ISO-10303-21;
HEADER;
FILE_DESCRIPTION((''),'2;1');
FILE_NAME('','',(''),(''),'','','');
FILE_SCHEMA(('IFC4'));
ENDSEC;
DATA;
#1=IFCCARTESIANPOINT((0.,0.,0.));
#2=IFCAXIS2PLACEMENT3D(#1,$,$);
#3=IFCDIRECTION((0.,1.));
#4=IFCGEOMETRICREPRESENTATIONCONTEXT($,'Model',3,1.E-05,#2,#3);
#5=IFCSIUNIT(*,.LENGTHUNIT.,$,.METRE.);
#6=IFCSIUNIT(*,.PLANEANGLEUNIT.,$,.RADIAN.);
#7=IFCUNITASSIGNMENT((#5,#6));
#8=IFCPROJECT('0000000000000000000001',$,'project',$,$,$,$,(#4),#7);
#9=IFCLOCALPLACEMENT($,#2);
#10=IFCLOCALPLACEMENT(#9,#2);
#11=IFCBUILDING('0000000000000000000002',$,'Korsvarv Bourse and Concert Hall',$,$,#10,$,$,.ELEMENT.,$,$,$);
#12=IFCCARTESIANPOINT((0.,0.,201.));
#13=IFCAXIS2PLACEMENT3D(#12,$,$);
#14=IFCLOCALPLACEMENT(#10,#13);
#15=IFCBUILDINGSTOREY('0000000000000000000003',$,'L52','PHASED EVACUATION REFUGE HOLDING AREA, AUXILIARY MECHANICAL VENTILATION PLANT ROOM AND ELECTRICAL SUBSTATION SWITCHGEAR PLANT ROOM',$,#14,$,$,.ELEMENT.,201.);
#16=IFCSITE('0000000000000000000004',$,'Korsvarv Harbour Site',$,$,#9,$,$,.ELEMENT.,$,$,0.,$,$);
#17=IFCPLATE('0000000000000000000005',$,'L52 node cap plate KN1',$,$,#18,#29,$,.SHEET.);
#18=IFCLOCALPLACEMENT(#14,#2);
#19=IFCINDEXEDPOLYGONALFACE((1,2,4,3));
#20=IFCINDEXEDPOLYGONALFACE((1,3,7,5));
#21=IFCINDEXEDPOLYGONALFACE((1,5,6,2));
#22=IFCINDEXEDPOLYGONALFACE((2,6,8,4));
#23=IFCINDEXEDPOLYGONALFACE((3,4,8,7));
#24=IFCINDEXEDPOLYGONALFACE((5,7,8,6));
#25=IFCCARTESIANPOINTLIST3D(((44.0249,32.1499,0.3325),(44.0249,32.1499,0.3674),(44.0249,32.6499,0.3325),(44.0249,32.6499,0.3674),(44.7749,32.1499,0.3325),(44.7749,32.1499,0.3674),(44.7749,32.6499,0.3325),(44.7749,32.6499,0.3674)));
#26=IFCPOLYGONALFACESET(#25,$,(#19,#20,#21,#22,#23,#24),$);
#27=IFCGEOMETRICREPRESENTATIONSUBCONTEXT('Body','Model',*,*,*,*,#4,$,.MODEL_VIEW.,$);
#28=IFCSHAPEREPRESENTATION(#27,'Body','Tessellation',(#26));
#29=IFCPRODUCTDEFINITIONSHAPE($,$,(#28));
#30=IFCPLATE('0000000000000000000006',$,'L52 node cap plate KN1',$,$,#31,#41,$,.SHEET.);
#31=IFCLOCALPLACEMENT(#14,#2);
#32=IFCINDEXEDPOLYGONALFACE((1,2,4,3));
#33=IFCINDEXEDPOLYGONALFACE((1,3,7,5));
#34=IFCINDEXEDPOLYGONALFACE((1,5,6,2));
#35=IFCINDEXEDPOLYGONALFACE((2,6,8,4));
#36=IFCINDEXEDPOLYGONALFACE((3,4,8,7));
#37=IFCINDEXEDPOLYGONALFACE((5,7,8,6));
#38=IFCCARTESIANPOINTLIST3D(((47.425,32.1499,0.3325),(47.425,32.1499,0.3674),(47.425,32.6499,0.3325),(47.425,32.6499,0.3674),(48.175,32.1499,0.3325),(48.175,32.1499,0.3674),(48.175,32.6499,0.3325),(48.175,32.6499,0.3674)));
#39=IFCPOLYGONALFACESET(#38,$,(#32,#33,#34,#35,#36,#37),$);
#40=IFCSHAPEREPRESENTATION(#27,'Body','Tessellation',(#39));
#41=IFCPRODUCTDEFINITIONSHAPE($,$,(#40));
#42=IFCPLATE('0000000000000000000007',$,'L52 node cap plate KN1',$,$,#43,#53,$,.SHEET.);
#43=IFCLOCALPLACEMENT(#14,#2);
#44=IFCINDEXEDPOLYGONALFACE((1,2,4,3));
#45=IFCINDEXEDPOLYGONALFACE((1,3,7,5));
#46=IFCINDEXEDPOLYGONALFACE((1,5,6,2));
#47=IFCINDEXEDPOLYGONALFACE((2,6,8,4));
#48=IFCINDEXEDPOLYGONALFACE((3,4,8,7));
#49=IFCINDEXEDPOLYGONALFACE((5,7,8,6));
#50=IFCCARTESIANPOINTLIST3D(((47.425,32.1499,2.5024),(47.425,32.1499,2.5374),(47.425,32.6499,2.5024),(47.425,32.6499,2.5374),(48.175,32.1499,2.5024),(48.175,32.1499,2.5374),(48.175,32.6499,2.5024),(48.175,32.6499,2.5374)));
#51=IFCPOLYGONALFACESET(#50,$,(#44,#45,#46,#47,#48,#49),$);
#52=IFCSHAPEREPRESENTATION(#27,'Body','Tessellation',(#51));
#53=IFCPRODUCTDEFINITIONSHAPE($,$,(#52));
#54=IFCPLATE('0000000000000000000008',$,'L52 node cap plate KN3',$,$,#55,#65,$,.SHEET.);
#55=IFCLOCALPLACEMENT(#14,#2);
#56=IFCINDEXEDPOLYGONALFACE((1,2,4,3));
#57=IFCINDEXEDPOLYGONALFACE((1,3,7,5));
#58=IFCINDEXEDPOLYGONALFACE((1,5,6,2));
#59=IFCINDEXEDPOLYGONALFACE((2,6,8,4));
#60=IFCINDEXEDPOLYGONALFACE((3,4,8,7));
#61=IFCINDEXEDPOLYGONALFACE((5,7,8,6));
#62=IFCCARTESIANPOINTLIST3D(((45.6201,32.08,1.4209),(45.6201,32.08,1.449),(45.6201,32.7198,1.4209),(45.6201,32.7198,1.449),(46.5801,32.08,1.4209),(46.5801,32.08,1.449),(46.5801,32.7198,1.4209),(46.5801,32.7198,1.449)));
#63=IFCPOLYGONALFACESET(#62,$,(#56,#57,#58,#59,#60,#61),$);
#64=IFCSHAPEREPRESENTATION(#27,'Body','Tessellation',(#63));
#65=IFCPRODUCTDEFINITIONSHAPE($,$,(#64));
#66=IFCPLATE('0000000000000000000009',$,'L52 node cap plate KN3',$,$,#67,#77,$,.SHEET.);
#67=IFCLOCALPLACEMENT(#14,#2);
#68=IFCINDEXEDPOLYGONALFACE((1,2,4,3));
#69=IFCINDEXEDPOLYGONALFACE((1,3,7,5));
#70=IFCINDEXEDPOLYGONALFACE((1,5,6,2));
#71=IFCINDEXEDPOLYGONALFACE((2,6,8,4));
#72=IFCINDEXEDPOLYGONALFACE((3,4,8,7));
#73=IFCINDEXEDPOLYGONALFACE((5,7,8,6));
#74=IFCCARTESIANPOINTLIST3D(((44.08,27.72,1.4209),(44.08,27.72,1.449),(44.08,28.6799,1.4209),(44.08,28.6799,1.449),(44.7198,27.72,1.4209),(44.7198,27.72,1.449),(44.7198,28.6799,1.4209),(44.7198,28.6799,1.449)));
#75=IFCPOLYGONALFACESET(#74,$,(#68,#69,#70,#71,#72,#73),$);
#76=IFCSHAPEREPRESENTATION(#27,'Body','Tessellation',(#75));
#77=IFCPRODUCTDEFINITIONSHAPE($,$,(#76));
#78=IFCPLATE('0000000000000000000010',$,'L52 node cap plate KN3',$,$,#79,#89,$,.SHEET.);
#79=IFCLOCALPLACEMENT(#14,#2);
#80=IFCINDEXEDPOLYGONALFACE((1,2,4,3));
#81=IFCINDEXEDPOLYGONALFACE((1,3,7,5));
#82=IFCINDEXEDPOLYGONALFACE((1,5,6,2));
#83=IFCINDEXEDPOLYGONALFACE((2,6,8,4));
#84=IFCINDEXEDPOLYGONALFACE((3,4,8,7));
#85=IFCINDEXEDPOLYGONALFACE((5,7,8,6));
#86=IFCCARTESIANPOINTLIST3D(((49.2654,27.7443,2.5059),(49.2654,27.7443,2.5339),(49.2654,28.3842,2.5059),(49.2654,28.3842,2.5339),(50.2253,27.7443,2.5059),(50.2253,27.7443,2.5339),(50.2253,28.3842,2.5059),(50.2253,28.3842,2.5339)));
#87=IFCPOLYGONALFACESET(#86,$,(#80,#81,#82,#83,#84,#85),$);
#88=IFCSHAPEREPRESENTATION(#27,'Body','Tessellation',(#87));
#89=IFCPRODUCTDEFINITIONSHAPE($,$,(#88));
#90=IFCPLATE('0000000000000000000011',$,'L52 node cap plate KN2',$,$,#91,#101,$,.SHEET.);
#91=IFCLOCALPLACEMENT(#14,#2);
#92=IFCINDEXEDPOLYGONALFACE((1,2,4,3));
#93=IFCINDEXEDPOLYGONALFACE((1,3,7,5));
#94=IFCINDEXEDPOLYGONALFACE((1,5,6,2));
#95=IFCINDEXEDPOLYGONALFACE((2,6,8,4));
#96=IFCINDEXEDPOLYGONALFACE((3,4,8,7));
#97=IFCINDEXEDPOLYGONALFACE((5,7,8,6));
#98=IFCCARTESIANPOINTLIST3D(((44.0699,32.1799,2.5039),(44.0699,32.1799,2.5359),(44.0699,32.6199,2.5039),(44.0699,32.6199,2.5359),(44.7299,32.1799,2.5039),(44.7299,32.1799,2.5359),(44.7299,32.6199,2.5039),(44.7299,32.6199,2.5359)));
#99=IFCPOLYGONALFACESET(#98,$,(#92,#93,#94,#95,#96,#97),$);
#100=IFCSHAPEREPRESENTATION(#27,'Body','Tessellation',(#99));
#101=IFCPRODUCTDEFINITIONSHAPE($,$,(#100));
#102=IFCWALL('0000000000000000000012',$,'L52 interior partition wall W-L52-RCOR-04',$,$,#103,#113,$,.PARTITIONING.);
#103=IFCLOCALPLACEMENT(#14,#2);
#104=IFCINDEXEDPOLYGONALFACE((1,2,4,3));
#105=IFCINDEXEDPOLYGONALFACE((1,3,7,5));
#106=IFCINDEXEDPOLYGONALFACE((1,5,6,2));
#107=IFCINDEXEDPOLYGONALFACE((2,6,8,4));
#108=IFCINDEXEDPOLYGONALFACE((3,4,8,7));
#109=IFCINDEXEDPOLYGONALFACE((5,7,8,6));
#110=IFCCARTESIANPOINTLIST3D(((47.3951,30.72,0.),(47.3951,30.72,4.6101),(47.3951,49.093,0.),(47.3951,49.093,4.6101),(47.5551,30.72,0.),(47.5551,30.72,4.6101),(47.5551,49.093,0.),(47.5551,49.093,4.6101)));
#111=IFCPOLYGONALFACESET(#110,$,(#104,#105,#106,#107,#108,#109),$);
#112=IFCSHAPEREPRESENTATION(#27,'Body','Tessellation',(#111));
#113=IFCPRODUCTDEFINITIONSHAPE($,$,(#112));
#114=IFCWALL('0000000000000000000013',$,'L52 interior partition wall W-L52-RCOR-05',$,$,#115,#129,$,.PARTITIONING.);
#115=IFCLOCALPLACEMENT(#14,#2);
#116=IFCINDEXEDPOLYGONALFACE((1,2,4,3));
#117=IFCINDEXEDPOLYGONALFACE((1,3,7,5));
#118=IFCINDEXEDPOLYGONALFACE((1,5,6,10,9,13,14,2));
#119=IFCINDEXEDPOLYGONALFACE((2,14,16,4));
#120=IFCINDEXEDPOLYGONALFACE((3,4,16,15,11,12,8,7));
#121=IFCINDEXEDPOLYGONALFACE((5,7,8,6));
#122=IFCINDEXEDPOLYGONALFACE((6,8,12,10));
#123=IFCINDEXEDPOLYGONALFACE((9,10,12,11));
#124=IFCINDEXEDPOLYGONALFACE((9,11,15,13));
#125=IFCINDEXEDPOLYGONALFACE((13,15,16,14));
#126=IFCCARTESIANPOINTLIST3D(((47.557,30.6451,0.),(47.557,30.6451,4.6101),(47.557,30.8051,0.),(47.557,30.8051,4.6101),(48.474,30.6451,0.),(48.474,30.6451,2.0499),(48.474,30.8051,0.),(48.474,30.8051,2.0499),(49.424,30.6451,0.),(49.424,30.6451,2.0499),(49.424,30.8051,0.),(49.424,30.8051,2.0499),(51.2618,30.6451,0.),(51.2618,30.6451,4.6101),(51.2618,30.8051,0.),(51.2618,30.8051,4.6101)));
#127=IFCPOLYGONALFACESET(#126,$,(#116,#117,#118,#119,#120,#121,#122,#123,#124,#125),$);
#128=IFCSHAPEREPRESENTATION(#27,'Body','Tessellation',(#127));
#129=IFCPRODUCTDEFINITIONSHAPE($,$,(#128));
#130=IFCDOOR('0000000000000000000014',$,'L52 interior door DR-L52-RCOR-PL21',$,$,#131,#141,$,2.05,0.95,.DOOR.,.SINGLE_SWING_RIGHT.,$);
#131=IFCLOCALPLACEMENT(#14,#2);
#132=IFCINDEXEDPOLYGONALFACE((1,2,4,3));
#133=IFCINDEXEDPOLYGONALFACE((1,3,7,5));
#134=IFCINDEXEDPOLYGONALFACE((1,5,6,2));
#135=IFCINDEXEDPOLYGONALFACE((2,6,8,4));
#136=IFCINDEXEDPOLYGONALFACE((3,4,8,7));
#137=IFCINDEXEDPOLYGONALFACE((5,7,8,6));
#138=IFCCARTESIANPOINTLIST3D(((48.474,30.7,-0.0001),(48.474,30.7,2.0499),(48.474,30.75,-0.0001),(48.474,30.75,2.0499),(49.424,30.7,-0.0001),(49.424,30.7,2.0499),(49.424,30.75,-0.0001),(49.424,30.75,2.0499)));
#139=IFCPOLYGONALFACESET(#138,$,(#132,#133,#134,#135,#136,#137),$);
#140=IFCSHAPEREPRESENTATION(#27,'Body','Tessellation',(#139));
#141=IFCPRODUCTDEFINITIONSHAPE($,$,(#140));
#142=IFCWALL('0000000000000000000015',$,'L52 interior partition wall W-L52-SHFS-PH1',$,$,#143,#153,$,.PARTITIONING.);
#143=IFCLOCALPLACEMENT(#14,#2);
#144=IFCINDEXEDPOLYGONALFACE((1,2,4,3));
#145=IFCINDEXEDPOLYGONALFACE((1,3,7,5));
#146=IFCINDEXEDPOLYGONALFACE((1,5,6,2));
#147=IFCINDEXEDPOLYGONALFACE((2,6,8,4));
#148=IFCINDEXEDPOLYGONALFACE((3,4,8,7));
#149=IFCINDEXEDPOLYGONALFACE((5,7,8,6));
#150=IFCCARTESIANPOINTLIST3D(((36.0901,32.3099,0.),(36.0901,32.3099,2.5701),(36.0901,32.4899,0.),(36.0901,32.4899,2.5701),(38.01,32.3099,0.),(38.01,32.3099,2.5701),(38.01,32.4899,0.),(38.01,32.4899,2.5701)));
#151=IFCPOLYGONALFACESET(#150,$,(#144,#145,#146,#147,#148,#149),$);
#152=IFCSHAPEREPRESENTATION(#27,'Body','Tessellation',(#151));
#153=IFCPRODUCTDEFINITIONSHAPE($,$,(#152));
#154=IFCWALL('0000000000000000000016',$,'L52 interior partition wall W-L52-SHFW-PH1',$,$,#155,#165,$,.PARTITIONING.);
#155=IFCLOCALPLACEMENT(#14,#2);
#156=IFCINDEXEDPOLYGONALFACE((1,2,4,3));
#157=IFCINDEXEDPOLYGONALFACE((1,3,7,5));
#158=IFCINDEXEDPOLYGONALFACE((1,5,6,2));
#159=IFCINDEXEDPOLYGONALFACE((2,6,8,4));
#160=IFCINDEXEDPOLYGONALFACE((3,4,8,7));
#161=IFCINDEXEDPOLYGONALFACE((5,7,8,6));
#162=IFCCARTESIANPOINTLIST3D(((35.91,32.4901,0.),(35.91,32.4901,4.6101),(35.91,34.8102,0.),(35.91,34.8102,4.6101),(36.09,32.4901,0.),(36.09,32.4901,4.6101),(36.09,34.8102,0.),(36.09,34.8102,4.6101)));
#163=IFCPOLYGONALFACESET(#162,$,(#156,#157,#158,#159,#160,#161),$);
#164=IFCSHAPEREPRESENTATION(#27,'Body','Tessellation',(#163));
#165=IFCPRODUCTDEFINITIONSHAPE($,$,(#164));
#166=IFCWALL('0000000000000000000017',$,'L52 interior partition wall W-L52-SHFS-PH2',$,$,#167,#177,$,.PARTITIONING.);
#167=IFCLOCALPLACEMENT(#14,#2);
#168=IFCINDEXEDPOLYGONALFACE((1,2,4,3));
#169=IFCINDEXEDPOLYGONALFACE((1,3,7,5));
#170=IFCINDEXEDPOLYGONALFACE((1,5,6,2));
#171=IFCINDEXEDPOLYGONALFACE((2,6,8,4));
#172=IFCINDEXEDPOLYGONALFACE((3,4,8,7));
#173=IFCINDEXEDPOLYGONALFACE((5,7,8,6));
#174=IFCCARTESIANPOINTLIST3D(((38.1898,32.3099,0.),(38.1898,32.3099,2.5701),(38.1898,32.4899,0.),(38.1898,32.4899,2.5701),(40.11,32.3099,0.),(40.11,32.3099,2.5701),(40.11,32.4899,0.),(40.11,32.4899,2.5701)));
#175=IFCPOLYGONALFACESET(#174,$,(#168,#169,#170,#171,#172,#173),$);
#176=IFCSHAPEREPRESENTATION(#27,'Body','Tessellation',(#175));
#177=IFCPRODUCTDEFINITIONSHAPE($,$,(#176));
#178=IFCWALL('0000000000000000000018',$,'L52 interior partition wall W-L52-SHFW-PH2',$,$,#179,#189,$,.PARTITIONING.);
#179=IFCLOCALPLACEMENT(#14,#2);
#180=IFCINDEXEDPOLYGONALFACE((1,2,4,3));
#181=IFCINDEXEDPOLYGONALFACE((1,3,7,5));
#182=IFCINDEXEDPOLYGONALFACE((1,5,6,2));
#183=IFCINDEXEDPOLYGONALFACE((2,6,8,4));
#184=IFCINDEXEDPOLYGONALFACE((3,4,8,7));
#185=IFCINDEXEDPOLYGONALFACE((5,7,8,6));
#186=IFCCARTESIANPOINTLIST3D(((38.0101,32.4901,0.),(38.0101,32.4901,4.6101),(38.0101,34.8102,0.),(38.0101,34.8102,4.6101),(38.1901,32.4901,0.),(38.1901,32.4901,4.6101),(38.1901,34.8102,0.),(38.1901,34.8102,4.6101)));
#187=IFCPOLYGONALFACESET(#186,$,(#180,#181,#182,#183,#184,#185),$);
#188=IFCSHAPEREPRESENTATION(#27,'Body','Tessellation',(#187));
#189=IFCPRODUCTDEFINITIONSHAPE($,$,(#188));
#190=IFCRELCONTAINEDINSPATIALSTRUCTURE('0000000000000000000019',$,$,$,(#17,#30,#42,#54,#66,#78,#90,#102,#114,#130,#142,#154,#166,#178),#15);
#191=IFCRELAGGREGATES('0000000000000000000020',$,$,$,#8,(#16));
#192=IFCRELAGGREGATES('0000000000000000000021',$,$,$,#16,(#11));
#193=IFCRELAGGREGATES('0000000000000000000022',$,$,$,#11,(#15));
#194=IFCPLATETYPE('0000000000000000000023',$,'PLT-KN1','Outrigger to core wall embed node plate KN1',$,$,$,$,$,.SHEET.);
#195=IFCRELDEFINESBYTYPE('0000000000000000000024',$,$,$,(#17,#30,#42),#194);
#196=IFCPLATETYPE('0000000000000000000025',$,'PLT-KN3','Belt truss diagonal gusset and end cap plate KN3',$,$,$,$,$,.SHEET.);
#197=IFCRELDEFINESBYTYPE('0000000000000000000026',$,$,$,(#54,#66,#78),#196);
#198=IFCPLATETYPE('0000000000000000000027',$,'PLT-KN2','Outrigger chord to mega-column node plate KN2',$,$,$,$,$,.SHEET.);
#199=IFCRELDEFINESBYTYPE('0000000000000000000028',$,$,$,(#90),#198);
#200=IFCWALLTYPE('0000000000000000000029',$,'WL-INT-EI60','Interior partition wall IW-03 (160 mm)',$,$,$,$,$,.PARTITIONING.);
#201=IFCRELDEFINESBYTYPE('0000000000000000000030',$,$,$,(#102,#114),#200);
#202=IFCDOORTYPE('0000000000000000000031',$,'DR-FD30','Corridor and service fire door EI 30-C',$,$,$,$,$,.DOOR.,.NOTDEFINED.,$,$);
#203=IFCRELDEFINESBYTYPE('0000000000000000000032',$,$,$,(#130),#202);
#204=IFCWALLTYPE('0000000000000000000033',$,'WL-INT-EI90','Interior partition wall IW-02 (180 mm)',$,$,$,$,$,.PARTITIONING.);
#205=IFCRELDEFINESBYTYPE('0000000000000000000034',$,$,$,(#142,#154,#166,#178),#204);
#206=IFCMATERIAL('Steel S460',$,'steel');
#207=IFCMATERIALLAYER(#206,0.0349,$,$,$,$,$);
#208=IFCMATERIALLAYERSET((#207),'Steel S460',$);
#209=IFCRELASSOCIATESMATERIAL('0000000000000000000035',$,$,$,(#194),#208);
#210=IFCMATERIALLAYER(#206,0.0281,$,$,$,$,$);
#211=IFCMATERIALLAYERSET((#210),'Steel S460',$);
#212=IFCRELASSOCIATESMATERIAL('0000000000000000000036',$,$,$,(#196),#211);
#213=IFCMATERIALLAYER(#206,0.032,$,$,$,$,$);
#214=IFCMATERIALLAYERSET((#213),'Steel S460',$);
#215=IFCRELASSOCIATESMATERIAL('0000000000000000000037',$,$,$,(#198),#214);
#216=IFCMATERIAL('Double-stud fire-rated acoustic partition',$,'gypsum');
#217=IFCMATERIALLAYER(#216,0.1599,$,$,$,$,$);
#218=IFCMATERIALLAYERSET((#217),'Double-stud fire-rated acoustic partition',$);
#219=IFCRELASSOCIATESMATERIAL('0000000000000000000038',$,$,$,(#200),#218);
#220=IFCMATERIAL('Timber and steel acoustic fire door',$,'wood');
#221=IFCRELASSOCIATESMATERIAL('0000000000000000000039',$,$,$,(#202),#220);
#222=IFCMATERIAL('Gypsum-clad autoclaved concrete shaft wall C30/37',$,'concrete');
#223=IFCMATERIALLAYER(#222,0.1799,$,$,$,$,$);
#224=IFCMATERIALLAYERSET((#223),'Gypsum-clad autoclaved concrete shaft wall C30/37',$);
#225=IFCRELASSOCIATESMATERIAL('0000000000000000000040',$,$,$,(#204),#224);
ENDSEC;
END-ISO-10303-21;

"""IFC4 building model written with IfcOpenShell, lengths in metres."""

from ifc_helpers import new_model, si_unit, direction, frame, frame_2d, origin, origin_2d, place, context, subcontext, project, spatial, rectangle, extrude, source, transform, mapped, material, layer, layer_set, type_object, element, fill, save


model = new_model("IFC4")

# Units and contexts
model_context = context("Model", 3, precision=1e-05, world=origin(), true_north=direction((0.0, 1.0)))
body_context = subcontext(model_context, "Body", "Model", "MODEL_VIEW")
ifc_project = project(units=[si_unit("LENGTHUNIT", "METRE"), si_unit("PLANEANGLEUNIT", "RADIAN")], contexts=[model_context])

# Site, building, storey
site_placement = place(None, origin())
site = spatial("IfcSite", under=ifc_project, at=site_placement, Name="Korsvarv Harbour Site", CompositionType="ELEMENT", RefElevation=0.0)
building_placement = place(site_placement, origin())
building = spatial("IfcBuilding", under=site, at=building_placement, Name="Korsvarv Bourse and Concert Hall", CompositionType="ELEMENT")
storey_placement = place(building_placement, frame((0.0, 0.0, 201.0)))
storey = spatial("IfcBuildingStorey", under=building, at=storey_placement, Name="L52", Description="PHASED EVACUATION REFUGE HOLDING AREA, AUXILIARY MECHANICAL VENTILATION PLANT ROOM AND ELECTRICAL SUBSTATION SWITCHGEAR PLANT ROOM", CompositionType="ELEMENT", Elevation=201.0)

# Shared definitions
ifc_material_1 = material(Name="Steel S460", Category="steel")

# Plates
ifc_layer_1 = layer(ifc_material_1, 0.0349)
ifc_layer_set_1 = layer_set([ifc_layer_1], Name="Steel S460")
plate_type_1 = type_object("IfcPlateType", Name="PLT-KN1", Description="Outrigger to core wall embed node plate KN1", PredefinedType="SHEET", material=ifc_layer_set_1)
shared_shape_1 = source(origin(), body_context, "Body", "SweptSolid", [
    extrude(rectangle(XDim=0.75, YDim=0.5, at=origin_2d()), origin(), (0.0, 0.0, 1.0), 0.0349),
])
for number, where, z_axis, x_axis, name in (
    (1, (44.3999, 32.3999, 0.3325), (0.0, 0.0, 1.0), (1.0, 0.0, 0.0), "L52 node cap plate KN1"),
    (2, (47.8, 32.3999, 0.3325), (0.0, 0.0, 1.0), (1.0, 0.0, 0.0), "L52 node cap plate KN1"),
    (3, (47.8, 32.3999, 2.5024), (0.0, 0.0, 1.0), (1.0, 0.0, 0.0), "L52 node cap plate KN1"),
):
    element("IfcPlate", number, at=place(storey_placement, frame(where, z_axis=z_axis, x_axis=x_axis)), inside=storey, type_object=plate_type_1, Name=name, PredefinedType="SHEET", context=body_context, shape_type="MappedRepresentation", body=[
        mapped(shared_shape_1, transform((0.0, 0.0, 0.0), scale=1.0)),
    ])
ifc_layer_2 = layer(ifc_material_1, 0.0281)
ifc_layer_set_2 = layer_set([ifc_layer_2], Name="Steel S460")
plate_type_2 = type_object("IfcPlateType", Name="PLT-KN3", Description="Belt truss diagonal gusset and end cap plate KN3", PredefinedType="SHEET", material=ifc_layer_set_2)
shared_shape_2 = source(origin(), body_context, "Body", "SweptSolid", [
    extrude(rectangle(XDim=0.96, YDim=0.6399, at=origin_2d()), origin(), (0.0, 0.0, 1.0), 0.0281),
])
for number, where, z_axis, x_axis, name in (
    (4, (46.1001, 32.3999, 1.4209), (0.0, 0.0, 1.0), (1.0, 0.0, 0.0), "L52 node cap plate KN3"),
    (5, (44.3999, 28.2, 1.4209), (0.0, 0.0, 1.0), (0.0, 1.0, 0.0), "L52 node cap plate KN3"),
    (6, (49.7454, 28.0642, 2.5059), (0.0, 0.0, 1.0), (1.0, 0.0, 0.0), "L52 node cap plate KN3"),
):
    element("IfcPlate", number, at=place(storey_placement, frame(where, z_axis=z_axis, x_axis=x_axis)), inside=storey, type_object=plate_type_2, Name=name, PredefinedType="SHEET", context=body_context, shape_type="MappedRepresentation", body=[
        mapped(shared_shape_2, transform((0.0, 0.0, 0.0), scale=1.0)),
    ])
ifc_layer_3 = layer(ifc_material_1, 0.032)
ifc_layer_set_3 = layer_set([ifc_layer_3], Name="Steel S460")
plate_type_3 = type_object("IfcPlateType", Name="PLT-KN2", Description="Outrigger chord to mega-column node plate KN2", PredefinedType="SHEET", material=ifc_layer_set_3)
shared_shape_3 = source(origin(), body_context, "Body", "SweptSolid", [
    extrude(rectangle(XDim=0.6599, YDim=0.4399, at=origin_2d()), origin(), (0.0, 0.0, 1.0), 0.032),
])
plate_placement = place(storey_placement, frame((44.3999, 32.3999, 2.5039), z_axis=(0.0, 0.0, 1.0), x_axis=(1.0, 0.0, 0.0)))
element("IfcPlate", 7, at=plate_placement, inside=storey, type_object=plate_type_3, Name="L52 node cap plate KN2", PredefinedType="SHEET", context=body_context, shape_type="MappedRepresentation", body=[
    mapped(shared_shape_3, transform((0.0, 0.0, 0.0), scale=1.0)),
])

# Wall
ifc_material_2 = material(Name="Double-stud fire-rated acoustic partition", Category="gypsum")
ifc_layer_4 = layer(ifc_material_2, 0.1599)
ifc_layer_set_4 = layer_set([ifc_layer_4], Name="Double-stud fire-rated acoustic partition")
wall_type_1 = type_object("IfcWallType", Name="WL-INT-EI60", Description="Interior partition wall IW-03 (160 mm)", PredefinedType="PARTITIONING", material=ifc_layer_set_4)
wall_1_placement = place(storey_placement, frame((47.4751, 30.72, 0.0), z_axis=(0.0, 0.0, 1.0), x_axis=(0.0, 1.0, 0.0)))
element("IfcWall", 8, at=wall_1_placement, inside=storey, type_object=wall_type_1, Name="L52 interior partition wall W-L52-RCOR-04", PredefinedType="PARTITIONING", context=body_context, shape_type="SweptSolid", body=[
    extrude(rectangle(XDim=18.373, YDim=0.1599, at=frame_2d((9.1865, 0.0))), origin(), (0.0, 0.0, 1.0), 4.6101),
])

# Wall, opening, door
wall_2_placement = place(storey_placement, frame((47.5569, 30.7251, 0.0), z_axis=(0.0, 0.0, 1.0), x_axis=(1.0, 0.0, 0.0)))
wall_2 = element("IfcWall", 9, at=wall_2_placement, inside=storey, type_object=wall_type_1, Name="L52 interior partition wall W-L52-RCOR-05", PredefinedType="PARTITIONING", context=body_context, shape_type="SweptSolid", body=[
    extrude(rectangle(XDim=3.7048, YDim=0.1599, at=frame_2d((1.8525, 0.0))), origin(), (0.0, 0.0, 1.0), 4.6101),
])
opening_placement = place(wall_2_placement, frame((0.917, 0.0, 0.0)))
opening = element("IfcOpeningElement", 10, at=opening_placement, cuts=wall_2, PredefinedType="OPENING", context=body_context, shape_type="SweptSolid", body=[
    extrude(rectangle(XDim=0.95, YDim=2.05, at=frame_2d((0.4751, 1.0249))), frame((0.0, 0.0898, 0.0), z_axis=(0.0, -1.0, 0.0), x_axis=(1.0, 0.0, 0.0)), (0.0, 0.0, 1.0), 0.1799),
])
ifc_material_3 = material(Name="Timber and steel acoustic fire door", Category="wood")
door_type = type_object("IfcDoorType", Name="DR-FD30", Description="Corridor and service fire door EI 30-C", OperationType="NOTDEFINED", PredefinedType="DOOR", material=ifc_material_3)
door_placement = place(opening_placement, origin())
door = element("IfcDoor", 11, at=door_placement, inside=storey, type_object=door_type, Name="L52 interior door DR-L52-RCOR-PL21", OperationType="SINGLE_SWING_RIGHT", OverallHeight=2.05, OverallWidth=0.95, PredefinedType="DOOR", context=body_context, shape_type="SweptSolid", body=[
    extrude(rectangle(XDim=0.95, YDim=2.05, at=frame_2d((0.4751, 1.0249))), frame((0.0, 0.0249, 0.0), z_axis=(0.0, -1.0, 0.0), x_axis=(1.0, 0.0, 0.0)), (0.0, 0.0, 1.0), 0.05),
])
fill(opening, door)

# Walls
ifc_material_4 = material(Name="Gypsum-clad autoclaved concrete shaft wall C30/37", Category="concrete")
ifc_layer_5 = layer(ifc_material_4, 0.1799)
ifc_layer_set_5 = layer_set([ifc_layer_5], Name="Gypsum-clad autoclaved concrete shaft wall C30/37")
wall_type_2 = type_object("IfcWallType", Name="WL-INT-EI90", Description="Interior partition wall IW-02 (180 mm)", PredefinedType="PARTITIONING", material=ifc_layer_set_5)
wall_3_placement = place(storey_placement, frame((36.0901, 32.3999, 0.0), z_axis=(0.0, 0.0, 1.0), x_axis=(1.0, 0.0, 0.0)))
element("IfcWall", 12, at=wall_3_placement, inside=storey, type_object=wall_type_2, Name="L52 interior partition wall W-L52-SHFS-PH1", PredefinedType="PARTITIONING", context=body_context, shape_type="SweptSolid", body=[
    extrude(rectangle(XDim=1.9199, YDim=0.1799, at=frame_2d((0.96, 0.0))), origin(), (0.0, 0.0, 1.0), 2.5701),
])
wall_4_placement = place(storey_placement, frame((36.0, 32.49, 0.0), z_axis=(0.0, 0.0, 1.0), x_axis=(0.0, 1.0, 0.0)))
element("IfcWall", 13, at=wall_4_placement, inside=storey, type_object=wall_type_2, Name="L52 interior partition wall W-L52-SHFW-PH1", PredefinedType="PARTITIONING", context=body_context, shape_type="SweptSolid", body=[
    extrude(rectangle(XDim=2.3201, YDim=0.1799, at=frame_2d((1.1602, 0.0))), origin(), (0.0, 0.0, 1.0), 4.6101),
])
wall_5_placement = place(storey_placement, frame((38.1899, 32.3999, 0.0), z_axis=(0.0, 0.0, 1.0), x_axis=(1.0, 0.0, 0.0)))
element("IfcWall", 14, at=wall_5_placement, inside=storey, type_object=wall_type_2, Name="L52 interior partition wall W-L52-SHFS-PH2", PredefinedType="PARTITIONING", context=body_context, shape_type="SweptSolid", body=[
    extrude(rectangle(XDim=1.9202, YDim=0.1799, at=frame_2d((0.96, 0.0))), origin(), (0.0, 0.0, 1.0), 2.5701),
])
wall_6_placement = place(storey_placement, frame((38.1001, 32.49, 0.0), z_axis=(0.0, 0.0, 1.0), x_axis=(0.0, 1.0, 0.0)))
element("IfcWall", 15, at=wall_6_placement, inside=storey, type_object=wall_type_2, Name="L52 interior partition wall W-L52-SHFW-PH2", PredefinedType="PARTITIONING", context=body_context, shape_type="SweptSolid", body=[
    extrude(rectangle(XDim=2.3201, YDim=0.1799, at=frame_2d((1.1602, 0.0))), origin(), (0.0, 0.0, 1.0), 4.6101),
])

save(model, "model.ifc")
